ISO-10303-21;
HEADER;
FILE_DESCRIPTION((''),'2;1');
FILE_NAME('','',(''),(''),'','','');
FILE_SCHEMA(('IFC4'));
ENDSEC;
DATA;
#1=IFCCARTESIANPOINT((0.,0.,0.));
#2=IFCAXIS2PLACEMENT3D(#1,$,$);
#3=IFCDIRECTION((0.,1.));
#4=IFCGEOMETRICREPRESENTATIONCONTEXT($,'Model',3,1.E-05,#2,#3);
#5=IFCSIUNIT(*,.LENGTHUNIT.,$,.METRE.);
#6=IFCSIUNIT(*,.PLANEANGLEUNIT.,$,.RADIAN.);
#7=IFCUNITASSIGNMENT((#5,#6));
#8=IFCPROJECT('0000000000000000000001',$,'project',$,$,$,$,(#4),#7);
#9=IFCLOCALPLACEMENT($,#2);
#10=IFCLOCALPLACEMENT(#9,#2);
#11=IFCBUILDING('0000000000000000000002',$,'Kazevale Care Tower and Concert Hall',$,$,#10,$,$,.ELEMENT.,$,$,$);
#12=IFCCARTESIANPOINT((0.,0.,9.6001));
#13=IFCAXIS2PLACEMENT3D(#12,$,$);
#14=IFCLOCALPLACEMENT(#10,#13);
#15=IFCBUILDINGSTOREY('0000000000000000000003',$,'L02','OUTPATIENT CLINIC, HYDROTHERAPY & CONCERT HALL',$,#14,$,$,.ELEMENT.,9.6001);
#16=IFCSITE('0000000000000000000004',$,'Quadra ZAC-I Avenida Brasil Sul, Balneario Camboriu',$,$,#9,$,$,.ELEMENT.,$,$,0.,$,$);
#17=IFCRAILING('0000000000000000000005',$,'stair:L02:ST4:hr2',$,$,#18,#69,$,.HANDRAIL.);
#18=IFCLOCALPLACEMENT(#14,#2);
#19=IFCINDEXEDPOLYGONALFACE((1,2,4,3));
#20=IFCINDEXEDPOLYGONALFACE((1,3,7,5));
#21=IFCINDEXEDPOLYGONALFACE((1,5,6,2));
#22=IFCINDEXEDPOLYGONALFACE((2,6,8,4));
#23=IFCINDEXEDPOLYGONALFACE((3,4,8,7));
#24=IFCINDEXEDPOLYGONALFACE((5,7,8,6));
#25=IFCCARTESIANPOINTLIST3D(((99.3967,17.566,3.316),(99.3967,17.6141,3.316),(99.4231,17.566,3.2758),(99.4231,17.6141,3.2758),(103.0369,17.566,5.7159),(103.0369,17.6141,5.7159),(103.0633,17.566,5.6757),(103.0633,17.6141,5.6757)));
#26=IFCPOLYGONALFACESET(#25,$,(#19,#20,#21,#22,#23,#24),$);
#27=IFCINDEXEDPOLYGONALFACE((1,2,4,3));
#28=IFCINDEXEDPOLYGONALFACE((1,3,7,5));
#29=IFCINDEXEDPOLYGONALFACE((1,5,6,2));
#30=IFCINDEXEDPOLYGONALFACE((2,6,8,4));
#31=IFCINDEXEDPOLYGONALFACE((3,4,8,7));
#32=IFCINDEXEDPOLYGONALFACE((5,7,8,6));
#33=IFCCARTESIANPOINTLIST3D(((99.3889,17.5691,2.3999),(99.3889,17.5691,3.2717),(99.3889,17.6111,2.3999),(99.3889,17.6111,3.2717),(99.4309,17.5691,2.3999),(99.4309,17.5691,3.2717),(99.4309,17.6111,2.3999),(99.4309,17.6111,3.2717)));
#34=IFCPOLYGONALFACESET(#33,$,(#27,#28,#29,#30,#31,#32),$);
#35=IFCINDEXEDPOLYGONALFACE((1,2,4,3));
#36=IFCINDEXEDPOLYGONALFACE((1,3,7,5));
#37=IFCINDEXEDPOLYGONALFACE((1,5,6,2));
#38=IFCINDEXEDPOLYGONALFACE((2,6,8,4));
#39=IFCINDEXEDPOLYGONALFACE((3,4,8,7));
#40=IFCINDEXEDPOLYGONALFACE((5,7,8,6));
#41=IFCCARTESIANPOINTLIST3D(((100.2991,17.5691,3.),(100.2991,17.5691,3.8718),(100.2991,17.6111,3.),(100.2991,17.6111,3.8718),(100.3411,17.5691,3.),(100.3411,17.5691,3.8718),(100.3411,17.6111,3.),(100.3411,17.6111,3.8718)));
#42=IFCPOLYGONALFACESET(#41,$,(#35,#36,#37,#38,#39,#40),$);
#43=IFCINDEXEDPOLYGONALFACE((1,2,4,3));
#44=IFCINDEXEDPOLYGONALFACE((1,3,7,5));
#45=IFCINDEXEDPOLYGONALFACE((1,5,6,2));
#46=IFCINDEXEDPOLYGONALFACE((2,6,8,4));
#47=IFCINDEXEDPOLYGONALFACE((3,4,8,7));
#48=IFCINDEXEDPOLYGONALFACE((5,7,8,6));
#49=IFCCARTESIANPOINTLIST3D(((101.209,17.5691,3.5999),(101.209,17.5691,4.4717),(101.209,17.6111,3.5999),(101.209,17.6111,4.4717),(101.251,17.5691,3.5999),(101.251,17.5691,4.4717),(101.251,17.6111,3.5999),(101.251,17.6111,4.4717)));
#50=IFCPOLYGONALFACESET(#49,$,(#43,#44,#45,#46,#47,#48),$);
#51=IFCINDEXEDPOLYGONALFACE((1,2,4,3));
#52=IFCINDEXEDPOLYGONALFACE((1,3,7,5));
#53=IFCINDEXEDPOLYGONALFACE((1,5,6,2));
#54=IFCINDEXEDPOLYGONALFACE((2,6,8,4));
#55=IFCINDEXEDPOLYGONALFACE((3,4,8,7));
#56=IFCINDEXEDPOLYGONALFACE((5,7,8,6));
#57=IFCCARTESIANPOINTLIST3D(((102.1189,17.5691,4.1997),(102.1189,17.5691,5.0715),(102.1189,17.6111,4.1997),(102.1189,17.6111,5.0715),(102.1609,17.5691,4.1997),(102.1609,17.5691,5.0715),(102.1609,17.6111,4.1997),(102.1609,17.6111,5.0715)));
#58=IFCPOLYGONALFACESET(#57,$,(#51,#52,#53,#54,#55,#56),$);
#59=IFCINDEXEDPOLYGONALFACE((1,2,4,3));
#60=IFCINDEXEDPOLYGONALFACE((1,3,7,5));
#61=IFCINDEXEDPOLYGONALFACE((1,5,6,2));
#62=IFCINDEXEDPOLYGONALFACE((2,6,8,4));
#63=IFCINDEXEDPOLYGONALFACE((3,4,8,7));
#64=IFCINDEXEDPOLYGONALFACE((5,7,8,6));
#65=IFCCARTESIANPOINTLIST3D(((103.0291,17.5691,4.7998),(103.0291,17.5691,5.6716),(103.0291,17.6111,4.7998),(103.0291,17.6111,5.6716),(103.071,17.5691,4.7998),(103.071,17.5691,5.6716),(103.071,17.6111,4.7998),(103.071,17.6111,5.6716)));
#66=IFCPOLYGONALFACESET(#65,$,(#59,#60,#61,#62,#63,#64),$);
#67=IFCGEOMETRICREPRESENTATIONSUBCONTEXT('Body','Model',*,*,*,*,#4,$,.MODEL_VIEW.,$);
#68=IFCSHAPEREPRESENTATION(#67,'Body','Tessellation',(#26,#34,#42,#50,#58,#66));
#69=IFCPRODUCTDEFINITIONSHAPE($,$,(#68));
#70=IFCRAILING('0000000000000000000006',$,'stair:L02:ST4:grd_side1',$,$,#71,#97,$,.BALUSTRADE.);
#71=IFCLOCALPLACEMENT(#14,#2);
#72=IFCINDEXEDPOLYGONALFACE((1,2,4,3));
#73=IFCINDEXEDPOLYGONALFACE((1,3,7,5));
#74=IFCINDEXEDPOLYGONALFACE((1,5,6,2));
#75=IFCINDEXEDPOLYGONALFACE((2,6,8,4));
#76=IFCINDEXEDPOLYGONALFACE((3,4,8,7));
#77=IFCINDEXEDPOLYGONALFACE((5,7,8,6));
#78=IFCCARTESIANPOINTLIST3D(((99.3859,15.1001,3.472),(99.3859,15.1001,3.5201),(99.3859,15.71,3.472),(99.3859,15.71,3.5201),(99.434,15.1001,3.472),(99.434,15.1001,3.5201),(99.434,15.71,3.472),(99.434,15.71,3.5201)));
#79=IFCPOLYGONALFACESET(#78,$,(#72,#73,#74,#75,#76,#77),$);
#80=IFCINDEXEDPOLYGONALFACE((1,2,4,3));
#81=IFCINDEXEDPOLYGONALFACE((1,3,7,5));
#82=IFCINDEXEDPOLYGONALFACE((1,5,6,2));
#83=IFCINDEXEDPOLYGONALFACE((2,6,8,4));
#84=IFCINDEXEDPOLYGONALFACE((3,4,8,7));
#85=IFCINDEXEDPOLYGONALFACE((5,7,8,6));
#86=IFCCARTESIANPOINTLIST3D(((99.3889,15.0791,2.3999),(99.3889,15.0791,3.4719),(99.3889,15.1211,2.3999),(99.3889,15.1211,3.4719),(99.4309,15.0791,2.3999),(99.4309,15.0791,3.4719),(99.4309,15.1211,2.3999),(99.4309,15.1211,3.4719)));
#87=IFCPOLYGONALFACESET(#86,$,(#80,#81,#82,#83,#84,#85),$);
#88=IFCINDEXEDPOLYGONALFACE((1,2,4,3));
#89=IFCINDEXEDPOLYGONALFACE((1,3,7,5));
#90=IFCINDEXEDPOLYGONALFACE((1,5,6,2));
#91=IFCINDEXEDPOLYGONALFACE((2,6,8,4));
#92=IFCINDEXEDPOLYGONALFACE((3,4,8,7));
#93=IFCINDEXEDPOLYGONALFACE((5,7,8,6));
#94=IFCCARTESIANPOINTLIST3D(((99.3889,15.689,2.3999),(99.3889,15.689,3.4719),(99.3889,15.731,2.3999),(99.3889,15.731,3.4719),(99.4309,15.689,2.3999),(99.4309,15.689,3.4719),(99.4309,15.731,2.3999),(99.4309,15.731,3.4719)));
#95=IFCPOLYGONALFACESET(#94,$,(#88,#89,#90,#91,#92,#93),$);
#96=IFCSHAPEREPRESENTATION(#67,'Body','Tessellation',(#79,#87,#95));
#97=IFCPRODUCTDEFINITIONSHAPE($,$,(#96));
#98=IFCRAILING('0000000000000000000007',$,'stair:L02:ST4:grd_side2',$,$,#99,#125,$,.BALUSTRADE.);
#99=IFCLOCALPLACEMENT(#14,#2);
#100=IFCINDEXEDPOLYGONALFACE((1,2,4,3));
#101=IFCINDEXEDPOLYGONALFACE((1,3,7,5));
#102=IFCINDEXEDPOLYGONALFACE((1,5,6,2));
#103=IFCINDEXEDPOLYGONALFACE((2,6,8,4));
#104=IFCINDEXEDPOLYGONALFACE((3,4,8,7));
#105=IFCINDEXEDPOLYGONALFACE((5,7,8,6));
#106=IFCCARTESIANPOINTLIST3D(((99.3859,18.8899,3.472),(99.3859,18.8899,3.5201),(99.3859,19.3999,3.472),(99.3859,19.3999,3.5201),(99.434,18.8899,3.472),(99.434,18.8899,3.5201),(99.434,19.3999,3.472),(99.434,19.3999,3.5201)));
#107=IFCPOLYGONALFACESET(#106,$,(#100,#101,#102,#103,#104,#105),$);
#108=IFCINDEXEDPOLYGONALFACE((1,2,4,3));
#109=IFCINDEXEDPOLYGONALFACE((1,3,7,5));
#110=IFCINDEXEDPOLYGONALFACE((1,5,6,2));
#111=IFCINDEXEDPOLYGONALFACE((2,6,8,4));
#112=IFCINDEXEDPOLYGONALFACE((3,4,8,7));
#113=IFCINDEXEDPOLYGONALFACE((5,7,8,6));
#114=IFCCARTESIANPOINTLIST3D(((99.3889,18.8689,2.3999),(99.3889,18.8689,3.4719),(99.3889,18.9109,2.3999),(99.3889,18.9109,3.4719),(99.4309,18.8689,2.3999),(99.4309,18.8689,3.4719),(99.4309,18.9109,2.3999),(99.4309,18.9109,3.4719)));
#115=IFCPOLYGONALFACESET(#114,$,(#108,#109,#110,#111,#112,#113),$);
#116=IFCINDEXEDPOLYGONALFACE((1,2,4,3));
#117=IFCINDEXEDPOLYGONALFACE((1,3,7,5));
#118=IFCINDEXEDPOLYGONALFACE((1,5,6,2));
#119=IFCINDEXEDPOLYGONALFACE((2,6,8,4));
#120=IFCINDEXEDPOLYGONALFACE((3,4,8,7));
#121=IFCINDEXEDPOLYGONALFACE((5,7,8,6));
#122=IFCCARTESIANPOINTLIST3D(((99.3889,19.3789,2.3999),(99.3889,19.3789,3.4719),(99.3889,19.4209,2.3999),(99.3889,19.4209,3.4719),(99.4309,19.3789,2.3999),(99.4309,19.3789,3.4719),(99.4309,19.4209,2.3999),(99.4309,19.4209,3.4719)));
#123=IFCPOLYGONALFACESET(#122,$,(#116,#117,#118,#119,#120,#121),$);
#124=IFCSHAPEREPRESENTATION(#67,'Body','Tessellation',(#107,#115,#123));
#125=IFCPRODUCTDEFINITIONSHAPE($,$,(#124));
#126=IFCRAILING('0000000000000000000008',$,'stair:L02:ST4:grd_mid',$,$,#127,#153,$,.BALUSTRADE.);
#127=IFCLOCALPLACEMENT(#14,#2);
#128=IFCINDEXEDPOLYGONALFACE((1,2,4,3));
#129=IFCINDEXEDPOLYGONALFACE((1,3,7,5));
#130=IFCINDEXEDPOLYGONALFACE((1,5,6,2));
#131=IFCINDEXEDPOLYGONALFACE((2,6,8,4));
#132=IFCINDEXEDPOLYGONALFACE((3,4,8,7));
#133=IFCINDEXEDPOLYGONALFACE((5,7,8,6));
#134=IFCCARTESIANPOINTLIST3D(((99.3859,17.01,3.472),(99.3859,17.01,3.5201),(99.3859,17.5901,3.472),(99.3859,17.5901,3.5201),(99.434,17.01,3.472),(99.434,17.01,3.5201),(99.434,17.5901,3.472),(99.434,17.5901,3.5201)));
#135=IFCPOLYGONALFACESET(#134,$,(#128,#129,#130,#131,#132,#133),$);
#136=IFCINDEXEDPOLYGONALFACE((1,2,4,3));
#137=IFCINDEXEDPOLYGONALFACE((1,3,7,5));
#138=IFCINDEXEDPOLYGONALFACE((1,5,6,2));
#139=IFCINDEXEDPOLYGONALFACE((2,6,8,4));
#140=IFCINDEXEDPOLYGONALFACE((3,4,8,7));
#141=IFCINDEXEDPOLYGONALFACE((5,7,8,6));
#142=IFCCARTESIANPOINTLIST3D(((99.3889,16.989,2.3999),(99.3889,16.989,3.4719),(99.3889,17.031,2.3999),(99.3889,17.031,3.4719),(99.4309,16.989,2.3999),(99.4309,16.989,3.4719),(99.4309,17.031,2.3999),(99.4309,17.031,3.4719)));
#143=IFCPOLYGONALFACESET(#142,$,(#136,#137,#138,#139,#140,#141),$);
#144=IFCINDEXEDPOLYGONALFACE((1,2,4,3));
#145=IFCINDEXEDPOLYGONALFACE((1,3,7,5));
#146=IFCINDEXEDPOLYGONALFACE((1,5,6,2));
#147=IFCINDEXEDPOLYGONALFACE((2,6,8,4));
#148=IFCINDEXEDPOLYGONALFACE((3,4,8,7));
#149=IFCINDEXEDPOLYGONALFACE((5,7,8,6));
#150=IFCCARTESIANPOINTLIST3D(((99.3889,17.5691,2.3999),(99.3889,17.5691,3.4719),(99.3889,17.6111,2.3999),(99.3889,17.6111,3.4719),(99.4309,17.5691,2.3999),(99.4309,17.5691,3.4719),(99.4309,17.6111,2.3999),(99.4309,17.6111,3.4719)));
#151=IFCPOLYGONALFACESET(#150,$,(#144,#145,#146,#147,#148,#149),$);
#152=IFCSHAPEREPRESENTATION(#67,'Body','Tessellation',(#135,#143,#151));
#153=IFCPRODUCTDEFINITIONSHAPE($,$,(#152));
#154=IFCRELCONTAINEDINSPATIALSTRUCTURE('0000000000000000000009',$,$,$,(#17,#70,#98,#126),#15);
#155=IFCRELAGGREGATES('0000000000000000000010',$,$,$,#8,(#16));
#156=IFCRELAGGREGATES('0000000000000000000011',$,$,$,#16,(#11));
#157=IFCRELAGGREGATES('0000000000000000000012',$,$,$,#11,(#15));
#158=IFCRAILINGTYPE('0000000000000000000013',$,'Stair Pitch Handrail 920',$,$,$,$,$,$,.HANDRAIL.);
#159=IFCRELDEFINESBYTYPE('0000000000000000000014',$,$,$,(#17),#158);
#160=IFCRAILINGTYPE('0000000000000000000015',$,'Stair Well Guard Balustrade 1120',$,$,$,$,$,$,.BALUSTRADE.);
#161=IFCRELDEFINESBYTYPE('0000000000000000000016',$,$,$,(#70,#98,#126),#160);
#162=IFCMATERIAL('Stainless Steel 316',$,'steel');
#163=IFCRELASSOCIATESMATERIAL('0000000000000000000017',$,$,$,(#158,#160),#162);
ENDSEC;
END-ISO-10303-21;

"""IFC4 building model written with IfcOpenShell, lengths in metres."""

from ifc_helpers import new_model, si_unit, direction, frame, origin, origin_2d, place, context, subcontext, project, spatial, rectangle, extrude, material, type_object, element, save


model = new_model("IFC4")

# Units and contexts
model_context = context("Model", 3, precision=1e-05, world=origin(), true_north=direction((0.0, 1.0)))
body_context = subcontext(model_context, "Body", "Model", "MODEL_VIEW")
ifc_project = project(units=[si_unit("LENGTHUNIT", "METRE"), si_unit("PLANEANGLEUNIT", "RADIAN")], contexts=[model_context])

# Site, building, storey
site_placement = place(None, origin())
site = spatial("IfcSite", under=ifc_project, at=site_placement, Name="Quadra ZAC-I Avenida Brasil Sul, Balneario Camboriu", CompositionType="ELEMENT", RefElevation=0.0)
building_placement = place(site_placement, origin())
building = spatial("IfcBuilding", under=site, at=building_placement, Name="Kazevale Care Tower and Concert Hall", CompositionType="ELEMENT")
storey_placement = place(building_placement, frame((0.0, 0.0, 9.6001)))
storey = spatial("IfcBuildingStorey", under=building, at=storey_placement, Name="L02", Description="OUTPATIENT CLINIC, HYDROTHERAPY & CONCERT HALL", CompositionType="ELEMENT", Elevation=9.6001)

# Railings
ifc_material_1 = material(Name="Stainless Steel 316", Category="steel")
railing_type_1 = type_object("IfcRailingType", Name="Stair Pitch Handrail 920", PredefinedType="HANDRAIL", material=ifc_material_1)
railing_1_placement = place(storey_placement, frame((99.4099, 17.5901, 2.3999)))
element("IfcRailing", 1, at=railing_1_placement, inside=storey, type_object=railing_type_1, Name="stair:L02:ST4:hr2", PredefinedType="HANDRAIL", context=body_context, shape_type="SweptSolid", body=[
    extrude(rectangle(XDim=0.0481, YDim=0.0481, at=origin_2d()), frame((0.0, 0.0, 0.896), z_axis=(0.834882, 0.0, 0.550429), x_axis=(0.0, 1.0, 0.0)), (0.0, 0.0, 1.0), 4.3601),
    extrude(rectangle(XDim=0.042, YDim=0.042, at=origin_2d()), origin(), (0.0, 0.0, 1.0), 0.8718),
    extrude(rectangle(XDim=0.042, YDim=0.042, at=origin_2d()), frame((0.9102, 0.0, 0.6001)), (0.0, 0.0, 1.0), 0.8718),
    extrude(rectangle(XDim=0.042, YDim=0.042, at=origin_2d()), frame((1.8201, 0.0, 1.2)), (0.0, 0.0, 1.0), 0.8718),
    extrude(rectangle(XDim=0.042, YDim=0.042, at=origin_2d()), frame((2.73, 0.0, 1.7998)), (0.0, 0.0, 1.0), 0.8718),
    extrude(rectangle(XDim=0.042, YDim=0.042, at=origin_2d()), frame((3.6401, 0.0, 2.3999)), (0.0, 0.0, 1.0), 0.8718),
])
railing_type_2 = type_object("IfcRailingType", Name="Stair Well Guard Balustrade 1120", PredefinedType="BALUSTRADE", material=ifc_material_1)
railing_2_placement = place(storey_placement, frame((99.4099, 15.1001, 2.3999)))
element("IfcRailing", 2, at=railing_2_placement, inside=storey, type_object=railing_type_2, Name="stair:L02:ST4:grd_side1", PredefinedType="BALUSTRADE", context=body_context, shape_type="SweptSolid", body=[
    extrude(rectangle(XDim=0.0481, YDim=0.0481, at=origin_2d()), frame((0.0, 0.0, 1.0962), z_axis=(0.0, 1.0, 0.0), x_axis=(-1.0, 0.0, 0.0)), (0.0, 0.0, 1.0), 0.6099),
    extrude(rectangle(XDim=0.042, YDim=0.042, at=origin_2d()), origin(), (0.0, 0.0, 1.0), 1.072),
    extrude(rectangle(XDim=0.042, YDim=0.042, at=origin_2d()), frame((0.0, 0.6099, 0.0)), (0.0, 0.0, 1.0), 1.072),
])
railing_3_placement = place(storey_placement, frame((99.4099, 18.8899, 2.3999)))
element("IfcRailing", 3, at=railing_3_placement, inside=storey, type_object=railing_type_2, Name="stair:L02:ST4:grd_side2", PredefinedType="BALUSTRADE", context=body_context, shape_type="SweptSolid", body=[
    extrude(rectangle(XDim=0.0481, YDim=0.0481, at=origin_2d()), frame((0.0, 0.0, 1.0962), z_axis=(0.0, 1.0, 0.0), x_axis=(-1.0, 0.0, 0.0)), (0.0, 0.0, 1.0), 0.51),
    extrude(rectangle(XDim=0.042, YDim=0.042, at=origin_2d()), origin(), (0.0, 0.0, 1.0), 1.072),
    extrude(rectangle(XDim=0.042, YDim=0.042, at=origin_2d()), frame((0.0, 0.51, 0.0)), (0.0, 0.0, 1.0), 1.072),
])
railing_4_placement = place(storey_placement, frame((99.4099, 17.01, 2.3999)))
element("IfcRailing", 4, at=railing_4_placement, inside=storey, type_object=railing_type_2, Name="stair:L02:ST4:grd_mid", PredefinedType="BALUSTRADE", context=body_context, shape_type="SweptSolid", body=[
    extrude(rectangle(XDim=0.0481, YDim=0.0481, at=origin_2d()), frame((0.0, 0.0, 1.0962), z_axis=(0.0, 1.0, 0.0), x_axis=(-1.0, 0.0, 0.0)), (0.0, 0.0, 1.0), 0.5801),
    extrude(rectangle(XDim=0.042, YDim=0.042, at=origin_2d()), origin(), (0.0, 0.0, 1.0), 1.072),
    extrude(rectangle(XDim=0.042, YDim=0.042, at=origin_2d()), frame((0.0, 0.5801, 0.0)), (0.0, 0.0, 1.0), 1.072),
])

save(model, "model.ifc")
